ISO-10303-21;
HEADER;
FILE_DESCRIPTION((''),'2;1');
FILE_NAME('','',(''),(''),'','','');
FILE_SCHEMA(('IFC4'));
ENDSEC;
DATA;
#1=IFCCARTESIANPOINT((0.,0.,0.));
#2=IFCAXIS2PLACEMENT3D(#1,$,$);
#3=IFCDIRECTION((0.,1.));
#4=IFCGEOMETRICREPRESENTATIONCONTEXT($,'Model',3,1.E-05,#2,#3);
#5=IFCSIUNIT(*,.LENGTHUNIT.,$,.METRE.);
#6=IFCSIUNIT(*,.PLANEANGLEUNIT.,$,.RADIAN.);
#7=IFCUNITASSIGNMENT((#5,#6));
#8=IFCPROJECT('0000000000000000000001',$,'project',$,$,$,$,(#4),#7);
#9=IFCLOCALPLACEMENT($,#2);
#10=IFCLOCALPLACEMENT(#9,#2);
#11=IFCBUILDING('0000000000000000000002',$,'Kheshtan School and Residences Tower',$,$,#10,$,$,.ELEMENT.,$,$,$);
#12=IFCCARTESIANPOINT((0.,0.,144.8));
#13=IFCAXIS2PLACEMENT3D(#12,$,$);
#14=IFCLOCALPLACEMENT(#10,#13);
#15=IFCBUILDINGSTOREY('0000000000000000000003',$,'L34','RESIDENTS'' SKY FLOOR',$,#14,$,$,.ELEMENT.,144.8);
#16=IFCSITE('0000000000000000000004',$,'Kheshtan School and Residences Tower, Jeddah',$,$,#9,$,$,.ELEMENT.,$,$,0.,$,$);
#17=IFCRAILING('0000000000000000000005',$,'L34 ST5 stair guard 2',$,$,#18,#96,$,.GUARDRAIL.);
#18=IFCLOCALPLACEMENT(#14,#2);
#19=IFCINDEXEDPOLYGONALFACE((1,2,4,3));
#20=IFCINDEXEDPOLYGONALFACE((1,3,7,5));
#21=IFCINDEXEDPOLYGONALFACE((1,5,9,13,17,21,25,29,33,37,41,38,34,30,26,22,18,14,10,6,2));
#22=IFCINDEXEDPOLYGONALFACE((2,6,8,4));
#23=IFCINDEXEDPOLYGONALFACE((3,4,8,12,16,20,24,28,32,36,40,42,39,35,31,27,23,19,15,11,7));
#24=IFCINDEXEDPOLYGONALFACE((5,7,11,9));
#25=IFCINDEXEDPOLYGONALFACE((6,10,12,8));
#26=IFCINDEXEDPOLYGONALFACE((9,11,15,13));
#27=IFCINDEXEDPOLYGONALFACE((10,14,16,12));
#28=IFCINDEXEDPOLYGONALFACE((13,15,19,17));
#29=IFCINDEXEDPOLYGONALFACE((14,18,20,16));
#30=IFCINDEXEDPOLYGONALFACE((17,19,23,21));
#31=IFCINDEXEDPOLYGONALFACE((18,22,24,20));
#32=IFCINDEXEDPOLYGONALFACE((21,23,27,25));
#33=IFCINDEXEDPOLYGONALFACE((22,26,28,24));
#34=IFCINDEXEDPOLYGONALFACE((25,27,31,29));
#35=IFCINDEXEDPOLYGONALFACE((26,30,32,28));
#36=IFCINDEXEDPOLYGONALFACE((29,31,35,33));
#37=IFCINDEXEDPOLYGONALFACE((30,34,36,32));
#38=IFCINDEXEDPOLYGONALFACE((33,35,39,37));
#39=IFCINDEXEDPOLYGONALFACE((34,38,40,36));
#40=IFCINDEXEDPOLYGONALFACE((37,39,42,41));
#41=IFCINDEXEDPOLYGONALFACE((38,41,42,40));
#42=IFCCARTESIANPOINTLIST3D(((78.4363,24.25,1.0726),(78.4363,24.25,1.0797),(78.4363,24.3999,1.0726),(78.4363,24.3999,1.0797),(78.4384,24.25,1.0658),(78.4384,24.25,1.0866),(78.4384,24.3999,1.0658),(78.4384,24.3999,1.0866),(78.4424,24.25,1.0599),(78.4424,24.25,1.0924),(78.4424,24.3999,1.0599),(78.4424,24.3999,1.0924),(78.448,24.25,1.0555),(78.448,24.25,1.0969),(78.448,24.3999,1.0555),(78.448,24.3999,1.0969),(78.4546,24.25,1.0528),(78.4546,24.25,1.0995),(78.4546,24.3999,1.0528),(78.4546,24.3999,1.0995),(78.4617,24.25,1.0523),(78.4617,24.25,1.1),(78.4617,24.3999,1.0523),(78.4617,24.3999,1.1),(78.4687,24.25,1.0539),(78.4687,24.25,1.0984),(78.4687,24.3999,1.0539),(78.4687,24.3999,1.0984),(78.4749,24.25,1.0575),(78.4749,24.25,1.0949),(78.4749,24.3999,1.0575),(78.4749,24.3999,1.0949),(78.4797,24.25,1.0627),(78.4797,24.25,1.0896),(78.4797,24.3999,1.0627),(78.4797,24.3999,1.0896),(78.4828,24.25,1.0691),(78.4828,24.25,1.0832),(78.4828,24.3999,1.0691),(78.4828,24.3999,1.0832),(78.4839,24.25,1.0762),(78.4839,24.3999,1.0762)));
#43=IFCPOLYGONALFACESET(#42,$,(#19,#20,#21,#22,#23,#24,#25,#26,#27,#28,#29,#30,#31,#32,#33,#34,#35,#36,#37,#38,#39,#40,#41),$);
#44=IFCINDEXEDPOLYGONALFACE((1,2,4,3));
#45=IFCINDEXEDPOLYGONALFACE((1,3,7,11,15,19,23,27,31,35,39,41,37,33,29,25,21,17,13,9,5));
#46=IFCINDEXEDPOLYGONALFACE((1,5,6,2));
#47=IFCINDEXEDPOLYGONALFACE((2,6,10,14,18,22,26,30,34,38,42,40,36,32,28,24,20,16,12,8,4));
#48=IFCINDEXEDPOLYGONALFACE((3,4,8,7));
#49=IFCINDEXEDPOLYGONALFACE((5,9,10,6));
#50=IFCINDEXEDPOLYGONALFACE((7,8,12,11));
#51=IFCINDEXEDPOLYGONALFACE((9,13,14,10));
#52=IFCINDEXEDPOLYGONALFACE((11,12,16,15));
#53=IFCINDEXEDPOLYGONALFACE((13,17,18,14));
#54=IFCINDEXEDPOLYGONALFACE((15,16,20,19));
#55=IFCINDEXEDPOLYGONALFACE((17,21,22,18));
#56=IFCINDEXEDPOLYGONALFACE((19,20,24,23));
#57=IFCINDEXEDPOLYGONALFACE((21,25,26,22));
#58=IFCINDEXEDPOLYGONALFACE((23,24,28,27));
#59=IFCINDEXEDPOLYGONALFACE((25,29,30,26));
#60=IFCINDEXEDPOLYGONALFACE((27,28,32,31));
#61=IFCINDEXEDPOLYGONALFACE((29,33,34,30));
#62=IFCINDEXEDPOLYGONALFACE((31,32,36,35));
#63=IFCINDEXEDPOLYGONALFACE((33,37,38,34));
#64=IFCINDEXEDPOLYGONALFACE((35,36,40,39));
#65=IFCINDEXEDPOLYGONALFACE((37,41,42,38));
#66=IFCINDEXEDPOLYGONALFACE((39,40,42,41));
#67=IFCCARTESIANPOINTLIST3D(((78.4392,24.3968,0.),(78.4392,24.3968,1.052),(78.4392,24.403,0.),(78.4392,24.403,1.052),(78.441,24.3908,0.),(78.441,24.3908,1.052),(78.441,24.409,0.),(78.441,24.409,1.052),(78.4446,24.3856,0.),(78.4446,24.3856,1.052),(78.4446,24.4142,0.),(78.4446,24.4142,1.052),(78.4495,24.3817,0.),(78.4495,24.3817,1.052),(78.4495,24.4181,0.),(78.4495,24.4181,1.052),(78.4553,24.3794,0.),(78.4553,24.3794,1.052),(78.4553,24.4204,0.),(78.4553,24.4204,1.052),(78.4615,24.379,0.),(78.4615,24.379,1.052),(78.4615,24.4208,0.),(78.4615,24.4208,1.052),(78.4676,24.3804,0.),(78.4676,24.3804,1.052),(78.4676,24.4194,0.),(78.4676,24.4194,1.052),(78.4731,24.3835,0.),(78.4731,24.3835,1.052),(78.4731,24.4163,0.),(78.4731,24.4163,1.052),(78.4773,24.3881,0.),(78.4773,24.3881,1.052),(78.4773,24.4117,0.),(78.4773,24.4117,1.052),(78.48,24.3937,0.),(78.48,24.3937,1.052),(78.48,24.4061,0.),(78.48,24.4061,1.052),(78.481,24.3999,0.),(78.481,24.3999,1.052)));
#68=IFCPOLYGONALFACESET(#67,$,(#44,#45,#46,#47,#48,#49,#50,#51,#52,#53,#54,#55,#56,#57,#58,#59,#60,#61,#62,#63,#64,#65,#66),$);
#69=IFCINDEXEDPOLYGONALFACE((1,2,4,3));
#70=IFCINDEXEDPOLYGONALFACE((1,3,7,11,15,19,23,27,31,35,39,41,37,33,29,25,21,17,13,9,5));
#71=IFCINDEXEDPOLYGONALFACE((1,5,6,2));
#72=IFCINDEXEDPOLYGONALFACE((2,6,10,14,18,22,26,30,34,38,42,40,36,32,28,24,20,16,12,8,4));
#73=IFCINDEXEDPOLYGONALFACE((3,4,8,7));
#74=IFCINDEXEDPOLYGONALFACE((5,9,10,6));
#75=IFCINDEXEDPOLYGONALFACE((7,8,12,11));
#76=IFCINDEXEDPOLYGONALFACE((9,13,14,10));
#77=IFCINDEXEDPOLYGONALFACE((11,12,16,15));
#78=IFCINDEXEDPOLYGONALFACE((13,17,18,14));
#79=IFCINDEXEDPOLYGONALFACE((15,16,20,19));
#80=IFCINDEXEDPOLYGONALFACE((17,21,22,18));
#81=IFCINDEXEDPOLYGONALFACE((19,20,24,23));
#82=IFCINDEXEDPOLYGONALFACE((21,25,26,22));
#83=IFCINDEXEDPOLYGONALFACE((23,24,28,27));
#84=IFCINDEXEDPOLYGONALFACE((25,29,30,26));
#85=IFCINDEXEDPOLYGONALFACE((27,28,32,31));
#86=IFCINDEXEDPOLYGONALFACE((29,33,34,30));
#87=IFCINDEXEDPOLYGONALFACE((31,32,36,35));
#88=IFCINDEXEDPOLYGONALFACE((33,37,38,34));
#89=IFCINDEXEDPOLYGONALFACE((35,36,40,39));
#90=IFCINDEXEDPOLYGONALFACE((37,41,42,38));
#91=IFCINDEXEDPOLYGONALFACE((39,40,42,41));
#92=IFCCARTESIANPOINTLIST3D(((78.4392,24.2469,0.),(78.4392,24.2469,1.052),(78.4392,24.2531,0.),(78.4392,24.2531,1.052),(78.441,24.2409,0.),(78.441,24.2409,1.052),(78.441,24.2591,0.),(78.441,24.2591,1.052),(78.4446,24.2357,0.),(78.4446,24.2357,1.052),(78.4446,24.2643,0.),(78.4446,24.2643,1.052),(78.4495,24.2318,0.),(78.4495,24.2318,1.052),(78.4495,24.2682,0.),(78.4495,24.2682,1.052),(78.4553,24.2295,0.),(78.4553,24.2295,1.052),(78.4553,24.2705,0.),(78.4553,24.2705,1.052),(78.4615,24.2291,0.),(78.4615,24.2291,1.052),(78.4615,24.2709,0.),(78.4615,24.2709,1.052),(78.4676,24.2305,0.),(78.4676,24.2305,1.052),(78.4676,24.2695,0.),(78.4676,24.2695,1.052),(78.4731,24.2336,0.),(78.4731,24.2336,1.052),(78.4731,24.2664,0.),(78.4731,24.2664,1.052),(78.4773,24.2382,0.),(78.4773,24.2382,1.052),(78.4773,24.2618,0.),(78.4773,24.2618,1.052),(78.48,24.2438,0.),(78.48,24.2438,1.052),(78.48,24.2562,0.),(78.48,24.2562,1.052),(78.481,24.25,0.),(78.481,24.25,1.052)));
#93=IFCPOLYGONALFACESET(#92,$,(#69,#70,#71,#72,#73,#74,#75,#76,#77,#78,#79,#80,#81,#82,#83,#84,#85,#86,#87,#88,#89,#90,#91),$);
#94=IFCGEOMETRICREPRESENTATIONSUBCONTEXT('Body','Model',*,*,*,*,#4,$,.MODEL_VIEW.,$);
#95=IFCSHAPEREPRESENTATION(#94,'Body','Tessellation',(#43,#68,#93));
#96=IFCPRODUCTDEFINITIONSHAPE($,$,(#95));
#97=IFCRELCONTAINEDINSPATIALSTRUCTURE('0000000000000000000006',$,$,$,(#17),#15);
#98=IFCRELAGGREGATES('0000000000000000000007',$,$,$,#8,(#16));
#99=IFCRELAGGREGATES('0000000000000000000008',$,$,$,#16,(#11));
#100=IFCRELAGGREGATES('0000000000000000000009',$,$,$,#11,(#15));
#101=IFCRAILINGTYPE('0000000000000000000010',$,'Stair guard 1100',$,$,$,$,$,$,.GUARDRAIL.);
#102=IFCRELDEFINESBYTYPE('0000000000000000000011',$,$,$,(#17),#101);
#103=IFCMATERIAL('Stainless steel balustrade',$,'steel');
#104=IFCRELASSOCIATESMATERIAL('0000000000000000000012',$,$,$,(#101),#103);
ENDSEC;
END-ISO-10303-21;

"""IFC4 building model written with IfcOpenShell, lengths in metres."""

from ifc_helpers import new_model, si_unit, direction, frame, origin, origin_2d, place, context, subcontext, project, spatial, circle, extrude, material, type_object, element, save


model = new_model("IFC4")

# Units and contexts
model_context = context("Model", 3, precision=1e-05, world=origin(), true_north=direction((0.0, 1.0)))
body_context = subcontext(model_context, "Body", "Model", "MODEL_VIEW")
ifc_project = project(units=[si_unit("LENGTHUNIT", "METRE"), si_unit("PLANEANGLEUNIT", "RADIAN")], contexts=[model_context])

# Site, building, storey
site_placement = place(None, origin())
site = spatial("IfcSite", under=ifc_project, at=site_placement, Name="Kheshtan School and Residences Tower, Jeddah", CompositionType="ELEMENT", RefElevation=0.0)
building_placement = place(site_placement, origin())
building = spatial("IfcBuilding", under=site, at=building_placement, Name="Kheshtan School and Residences Tower", CompositionType="ELEMENT")
storey_placement = place(building_placement, frame((0.0, 0.0, 144.8)))
storey = spatial("IfcBuildingStorey", under=building, at=storey_placement, Name="L34", Description="RESIDENTS' SKY FLOOR", CompositionType="ELEMENT", Elevation=144.8)

# Railing
ifc_material_1 = material(Name="Stainless steel balustrade", Category="steel")
railing_type_1 = type_object("IfcRailingType", Name="Stair guard 1100", PredefinedType="GUARDRAIL", material=ifc_material_1)
railing_1_placement = place(storey_placement, frame((78.46, 24.3999, 0.0)))
element("IfcRailing", 1, at=railing_1_placement, inside=storey, type_object=railing_type_1, Name="L34 ST5 stair guard 2", PredefinedType="GUARDRAIL", context=body_context, shape_type="SweptSolid", body=[
    extrude(circle(Radius=0.0239, at=origin_2d()), frame((0.0, 0.0, 1.0762), z_axis=(0.0, -1.0, 0.0), x_axis=(1.0, 0.0, 0.0)), (0.0, 0.0, 1.0), 0.1499),
    extrude(circle(Radius=0.021, at=origin_2d()), origin(), (0.0, 0.0, 1.0), 1.052),
    extrude(circle(Radius=0.021, at=origin_2d()), frame((0.0, -0.1499, 0.0)), (0.0, 0.0, 1.0), 1.052),
])

save(model, "model.ifc")
